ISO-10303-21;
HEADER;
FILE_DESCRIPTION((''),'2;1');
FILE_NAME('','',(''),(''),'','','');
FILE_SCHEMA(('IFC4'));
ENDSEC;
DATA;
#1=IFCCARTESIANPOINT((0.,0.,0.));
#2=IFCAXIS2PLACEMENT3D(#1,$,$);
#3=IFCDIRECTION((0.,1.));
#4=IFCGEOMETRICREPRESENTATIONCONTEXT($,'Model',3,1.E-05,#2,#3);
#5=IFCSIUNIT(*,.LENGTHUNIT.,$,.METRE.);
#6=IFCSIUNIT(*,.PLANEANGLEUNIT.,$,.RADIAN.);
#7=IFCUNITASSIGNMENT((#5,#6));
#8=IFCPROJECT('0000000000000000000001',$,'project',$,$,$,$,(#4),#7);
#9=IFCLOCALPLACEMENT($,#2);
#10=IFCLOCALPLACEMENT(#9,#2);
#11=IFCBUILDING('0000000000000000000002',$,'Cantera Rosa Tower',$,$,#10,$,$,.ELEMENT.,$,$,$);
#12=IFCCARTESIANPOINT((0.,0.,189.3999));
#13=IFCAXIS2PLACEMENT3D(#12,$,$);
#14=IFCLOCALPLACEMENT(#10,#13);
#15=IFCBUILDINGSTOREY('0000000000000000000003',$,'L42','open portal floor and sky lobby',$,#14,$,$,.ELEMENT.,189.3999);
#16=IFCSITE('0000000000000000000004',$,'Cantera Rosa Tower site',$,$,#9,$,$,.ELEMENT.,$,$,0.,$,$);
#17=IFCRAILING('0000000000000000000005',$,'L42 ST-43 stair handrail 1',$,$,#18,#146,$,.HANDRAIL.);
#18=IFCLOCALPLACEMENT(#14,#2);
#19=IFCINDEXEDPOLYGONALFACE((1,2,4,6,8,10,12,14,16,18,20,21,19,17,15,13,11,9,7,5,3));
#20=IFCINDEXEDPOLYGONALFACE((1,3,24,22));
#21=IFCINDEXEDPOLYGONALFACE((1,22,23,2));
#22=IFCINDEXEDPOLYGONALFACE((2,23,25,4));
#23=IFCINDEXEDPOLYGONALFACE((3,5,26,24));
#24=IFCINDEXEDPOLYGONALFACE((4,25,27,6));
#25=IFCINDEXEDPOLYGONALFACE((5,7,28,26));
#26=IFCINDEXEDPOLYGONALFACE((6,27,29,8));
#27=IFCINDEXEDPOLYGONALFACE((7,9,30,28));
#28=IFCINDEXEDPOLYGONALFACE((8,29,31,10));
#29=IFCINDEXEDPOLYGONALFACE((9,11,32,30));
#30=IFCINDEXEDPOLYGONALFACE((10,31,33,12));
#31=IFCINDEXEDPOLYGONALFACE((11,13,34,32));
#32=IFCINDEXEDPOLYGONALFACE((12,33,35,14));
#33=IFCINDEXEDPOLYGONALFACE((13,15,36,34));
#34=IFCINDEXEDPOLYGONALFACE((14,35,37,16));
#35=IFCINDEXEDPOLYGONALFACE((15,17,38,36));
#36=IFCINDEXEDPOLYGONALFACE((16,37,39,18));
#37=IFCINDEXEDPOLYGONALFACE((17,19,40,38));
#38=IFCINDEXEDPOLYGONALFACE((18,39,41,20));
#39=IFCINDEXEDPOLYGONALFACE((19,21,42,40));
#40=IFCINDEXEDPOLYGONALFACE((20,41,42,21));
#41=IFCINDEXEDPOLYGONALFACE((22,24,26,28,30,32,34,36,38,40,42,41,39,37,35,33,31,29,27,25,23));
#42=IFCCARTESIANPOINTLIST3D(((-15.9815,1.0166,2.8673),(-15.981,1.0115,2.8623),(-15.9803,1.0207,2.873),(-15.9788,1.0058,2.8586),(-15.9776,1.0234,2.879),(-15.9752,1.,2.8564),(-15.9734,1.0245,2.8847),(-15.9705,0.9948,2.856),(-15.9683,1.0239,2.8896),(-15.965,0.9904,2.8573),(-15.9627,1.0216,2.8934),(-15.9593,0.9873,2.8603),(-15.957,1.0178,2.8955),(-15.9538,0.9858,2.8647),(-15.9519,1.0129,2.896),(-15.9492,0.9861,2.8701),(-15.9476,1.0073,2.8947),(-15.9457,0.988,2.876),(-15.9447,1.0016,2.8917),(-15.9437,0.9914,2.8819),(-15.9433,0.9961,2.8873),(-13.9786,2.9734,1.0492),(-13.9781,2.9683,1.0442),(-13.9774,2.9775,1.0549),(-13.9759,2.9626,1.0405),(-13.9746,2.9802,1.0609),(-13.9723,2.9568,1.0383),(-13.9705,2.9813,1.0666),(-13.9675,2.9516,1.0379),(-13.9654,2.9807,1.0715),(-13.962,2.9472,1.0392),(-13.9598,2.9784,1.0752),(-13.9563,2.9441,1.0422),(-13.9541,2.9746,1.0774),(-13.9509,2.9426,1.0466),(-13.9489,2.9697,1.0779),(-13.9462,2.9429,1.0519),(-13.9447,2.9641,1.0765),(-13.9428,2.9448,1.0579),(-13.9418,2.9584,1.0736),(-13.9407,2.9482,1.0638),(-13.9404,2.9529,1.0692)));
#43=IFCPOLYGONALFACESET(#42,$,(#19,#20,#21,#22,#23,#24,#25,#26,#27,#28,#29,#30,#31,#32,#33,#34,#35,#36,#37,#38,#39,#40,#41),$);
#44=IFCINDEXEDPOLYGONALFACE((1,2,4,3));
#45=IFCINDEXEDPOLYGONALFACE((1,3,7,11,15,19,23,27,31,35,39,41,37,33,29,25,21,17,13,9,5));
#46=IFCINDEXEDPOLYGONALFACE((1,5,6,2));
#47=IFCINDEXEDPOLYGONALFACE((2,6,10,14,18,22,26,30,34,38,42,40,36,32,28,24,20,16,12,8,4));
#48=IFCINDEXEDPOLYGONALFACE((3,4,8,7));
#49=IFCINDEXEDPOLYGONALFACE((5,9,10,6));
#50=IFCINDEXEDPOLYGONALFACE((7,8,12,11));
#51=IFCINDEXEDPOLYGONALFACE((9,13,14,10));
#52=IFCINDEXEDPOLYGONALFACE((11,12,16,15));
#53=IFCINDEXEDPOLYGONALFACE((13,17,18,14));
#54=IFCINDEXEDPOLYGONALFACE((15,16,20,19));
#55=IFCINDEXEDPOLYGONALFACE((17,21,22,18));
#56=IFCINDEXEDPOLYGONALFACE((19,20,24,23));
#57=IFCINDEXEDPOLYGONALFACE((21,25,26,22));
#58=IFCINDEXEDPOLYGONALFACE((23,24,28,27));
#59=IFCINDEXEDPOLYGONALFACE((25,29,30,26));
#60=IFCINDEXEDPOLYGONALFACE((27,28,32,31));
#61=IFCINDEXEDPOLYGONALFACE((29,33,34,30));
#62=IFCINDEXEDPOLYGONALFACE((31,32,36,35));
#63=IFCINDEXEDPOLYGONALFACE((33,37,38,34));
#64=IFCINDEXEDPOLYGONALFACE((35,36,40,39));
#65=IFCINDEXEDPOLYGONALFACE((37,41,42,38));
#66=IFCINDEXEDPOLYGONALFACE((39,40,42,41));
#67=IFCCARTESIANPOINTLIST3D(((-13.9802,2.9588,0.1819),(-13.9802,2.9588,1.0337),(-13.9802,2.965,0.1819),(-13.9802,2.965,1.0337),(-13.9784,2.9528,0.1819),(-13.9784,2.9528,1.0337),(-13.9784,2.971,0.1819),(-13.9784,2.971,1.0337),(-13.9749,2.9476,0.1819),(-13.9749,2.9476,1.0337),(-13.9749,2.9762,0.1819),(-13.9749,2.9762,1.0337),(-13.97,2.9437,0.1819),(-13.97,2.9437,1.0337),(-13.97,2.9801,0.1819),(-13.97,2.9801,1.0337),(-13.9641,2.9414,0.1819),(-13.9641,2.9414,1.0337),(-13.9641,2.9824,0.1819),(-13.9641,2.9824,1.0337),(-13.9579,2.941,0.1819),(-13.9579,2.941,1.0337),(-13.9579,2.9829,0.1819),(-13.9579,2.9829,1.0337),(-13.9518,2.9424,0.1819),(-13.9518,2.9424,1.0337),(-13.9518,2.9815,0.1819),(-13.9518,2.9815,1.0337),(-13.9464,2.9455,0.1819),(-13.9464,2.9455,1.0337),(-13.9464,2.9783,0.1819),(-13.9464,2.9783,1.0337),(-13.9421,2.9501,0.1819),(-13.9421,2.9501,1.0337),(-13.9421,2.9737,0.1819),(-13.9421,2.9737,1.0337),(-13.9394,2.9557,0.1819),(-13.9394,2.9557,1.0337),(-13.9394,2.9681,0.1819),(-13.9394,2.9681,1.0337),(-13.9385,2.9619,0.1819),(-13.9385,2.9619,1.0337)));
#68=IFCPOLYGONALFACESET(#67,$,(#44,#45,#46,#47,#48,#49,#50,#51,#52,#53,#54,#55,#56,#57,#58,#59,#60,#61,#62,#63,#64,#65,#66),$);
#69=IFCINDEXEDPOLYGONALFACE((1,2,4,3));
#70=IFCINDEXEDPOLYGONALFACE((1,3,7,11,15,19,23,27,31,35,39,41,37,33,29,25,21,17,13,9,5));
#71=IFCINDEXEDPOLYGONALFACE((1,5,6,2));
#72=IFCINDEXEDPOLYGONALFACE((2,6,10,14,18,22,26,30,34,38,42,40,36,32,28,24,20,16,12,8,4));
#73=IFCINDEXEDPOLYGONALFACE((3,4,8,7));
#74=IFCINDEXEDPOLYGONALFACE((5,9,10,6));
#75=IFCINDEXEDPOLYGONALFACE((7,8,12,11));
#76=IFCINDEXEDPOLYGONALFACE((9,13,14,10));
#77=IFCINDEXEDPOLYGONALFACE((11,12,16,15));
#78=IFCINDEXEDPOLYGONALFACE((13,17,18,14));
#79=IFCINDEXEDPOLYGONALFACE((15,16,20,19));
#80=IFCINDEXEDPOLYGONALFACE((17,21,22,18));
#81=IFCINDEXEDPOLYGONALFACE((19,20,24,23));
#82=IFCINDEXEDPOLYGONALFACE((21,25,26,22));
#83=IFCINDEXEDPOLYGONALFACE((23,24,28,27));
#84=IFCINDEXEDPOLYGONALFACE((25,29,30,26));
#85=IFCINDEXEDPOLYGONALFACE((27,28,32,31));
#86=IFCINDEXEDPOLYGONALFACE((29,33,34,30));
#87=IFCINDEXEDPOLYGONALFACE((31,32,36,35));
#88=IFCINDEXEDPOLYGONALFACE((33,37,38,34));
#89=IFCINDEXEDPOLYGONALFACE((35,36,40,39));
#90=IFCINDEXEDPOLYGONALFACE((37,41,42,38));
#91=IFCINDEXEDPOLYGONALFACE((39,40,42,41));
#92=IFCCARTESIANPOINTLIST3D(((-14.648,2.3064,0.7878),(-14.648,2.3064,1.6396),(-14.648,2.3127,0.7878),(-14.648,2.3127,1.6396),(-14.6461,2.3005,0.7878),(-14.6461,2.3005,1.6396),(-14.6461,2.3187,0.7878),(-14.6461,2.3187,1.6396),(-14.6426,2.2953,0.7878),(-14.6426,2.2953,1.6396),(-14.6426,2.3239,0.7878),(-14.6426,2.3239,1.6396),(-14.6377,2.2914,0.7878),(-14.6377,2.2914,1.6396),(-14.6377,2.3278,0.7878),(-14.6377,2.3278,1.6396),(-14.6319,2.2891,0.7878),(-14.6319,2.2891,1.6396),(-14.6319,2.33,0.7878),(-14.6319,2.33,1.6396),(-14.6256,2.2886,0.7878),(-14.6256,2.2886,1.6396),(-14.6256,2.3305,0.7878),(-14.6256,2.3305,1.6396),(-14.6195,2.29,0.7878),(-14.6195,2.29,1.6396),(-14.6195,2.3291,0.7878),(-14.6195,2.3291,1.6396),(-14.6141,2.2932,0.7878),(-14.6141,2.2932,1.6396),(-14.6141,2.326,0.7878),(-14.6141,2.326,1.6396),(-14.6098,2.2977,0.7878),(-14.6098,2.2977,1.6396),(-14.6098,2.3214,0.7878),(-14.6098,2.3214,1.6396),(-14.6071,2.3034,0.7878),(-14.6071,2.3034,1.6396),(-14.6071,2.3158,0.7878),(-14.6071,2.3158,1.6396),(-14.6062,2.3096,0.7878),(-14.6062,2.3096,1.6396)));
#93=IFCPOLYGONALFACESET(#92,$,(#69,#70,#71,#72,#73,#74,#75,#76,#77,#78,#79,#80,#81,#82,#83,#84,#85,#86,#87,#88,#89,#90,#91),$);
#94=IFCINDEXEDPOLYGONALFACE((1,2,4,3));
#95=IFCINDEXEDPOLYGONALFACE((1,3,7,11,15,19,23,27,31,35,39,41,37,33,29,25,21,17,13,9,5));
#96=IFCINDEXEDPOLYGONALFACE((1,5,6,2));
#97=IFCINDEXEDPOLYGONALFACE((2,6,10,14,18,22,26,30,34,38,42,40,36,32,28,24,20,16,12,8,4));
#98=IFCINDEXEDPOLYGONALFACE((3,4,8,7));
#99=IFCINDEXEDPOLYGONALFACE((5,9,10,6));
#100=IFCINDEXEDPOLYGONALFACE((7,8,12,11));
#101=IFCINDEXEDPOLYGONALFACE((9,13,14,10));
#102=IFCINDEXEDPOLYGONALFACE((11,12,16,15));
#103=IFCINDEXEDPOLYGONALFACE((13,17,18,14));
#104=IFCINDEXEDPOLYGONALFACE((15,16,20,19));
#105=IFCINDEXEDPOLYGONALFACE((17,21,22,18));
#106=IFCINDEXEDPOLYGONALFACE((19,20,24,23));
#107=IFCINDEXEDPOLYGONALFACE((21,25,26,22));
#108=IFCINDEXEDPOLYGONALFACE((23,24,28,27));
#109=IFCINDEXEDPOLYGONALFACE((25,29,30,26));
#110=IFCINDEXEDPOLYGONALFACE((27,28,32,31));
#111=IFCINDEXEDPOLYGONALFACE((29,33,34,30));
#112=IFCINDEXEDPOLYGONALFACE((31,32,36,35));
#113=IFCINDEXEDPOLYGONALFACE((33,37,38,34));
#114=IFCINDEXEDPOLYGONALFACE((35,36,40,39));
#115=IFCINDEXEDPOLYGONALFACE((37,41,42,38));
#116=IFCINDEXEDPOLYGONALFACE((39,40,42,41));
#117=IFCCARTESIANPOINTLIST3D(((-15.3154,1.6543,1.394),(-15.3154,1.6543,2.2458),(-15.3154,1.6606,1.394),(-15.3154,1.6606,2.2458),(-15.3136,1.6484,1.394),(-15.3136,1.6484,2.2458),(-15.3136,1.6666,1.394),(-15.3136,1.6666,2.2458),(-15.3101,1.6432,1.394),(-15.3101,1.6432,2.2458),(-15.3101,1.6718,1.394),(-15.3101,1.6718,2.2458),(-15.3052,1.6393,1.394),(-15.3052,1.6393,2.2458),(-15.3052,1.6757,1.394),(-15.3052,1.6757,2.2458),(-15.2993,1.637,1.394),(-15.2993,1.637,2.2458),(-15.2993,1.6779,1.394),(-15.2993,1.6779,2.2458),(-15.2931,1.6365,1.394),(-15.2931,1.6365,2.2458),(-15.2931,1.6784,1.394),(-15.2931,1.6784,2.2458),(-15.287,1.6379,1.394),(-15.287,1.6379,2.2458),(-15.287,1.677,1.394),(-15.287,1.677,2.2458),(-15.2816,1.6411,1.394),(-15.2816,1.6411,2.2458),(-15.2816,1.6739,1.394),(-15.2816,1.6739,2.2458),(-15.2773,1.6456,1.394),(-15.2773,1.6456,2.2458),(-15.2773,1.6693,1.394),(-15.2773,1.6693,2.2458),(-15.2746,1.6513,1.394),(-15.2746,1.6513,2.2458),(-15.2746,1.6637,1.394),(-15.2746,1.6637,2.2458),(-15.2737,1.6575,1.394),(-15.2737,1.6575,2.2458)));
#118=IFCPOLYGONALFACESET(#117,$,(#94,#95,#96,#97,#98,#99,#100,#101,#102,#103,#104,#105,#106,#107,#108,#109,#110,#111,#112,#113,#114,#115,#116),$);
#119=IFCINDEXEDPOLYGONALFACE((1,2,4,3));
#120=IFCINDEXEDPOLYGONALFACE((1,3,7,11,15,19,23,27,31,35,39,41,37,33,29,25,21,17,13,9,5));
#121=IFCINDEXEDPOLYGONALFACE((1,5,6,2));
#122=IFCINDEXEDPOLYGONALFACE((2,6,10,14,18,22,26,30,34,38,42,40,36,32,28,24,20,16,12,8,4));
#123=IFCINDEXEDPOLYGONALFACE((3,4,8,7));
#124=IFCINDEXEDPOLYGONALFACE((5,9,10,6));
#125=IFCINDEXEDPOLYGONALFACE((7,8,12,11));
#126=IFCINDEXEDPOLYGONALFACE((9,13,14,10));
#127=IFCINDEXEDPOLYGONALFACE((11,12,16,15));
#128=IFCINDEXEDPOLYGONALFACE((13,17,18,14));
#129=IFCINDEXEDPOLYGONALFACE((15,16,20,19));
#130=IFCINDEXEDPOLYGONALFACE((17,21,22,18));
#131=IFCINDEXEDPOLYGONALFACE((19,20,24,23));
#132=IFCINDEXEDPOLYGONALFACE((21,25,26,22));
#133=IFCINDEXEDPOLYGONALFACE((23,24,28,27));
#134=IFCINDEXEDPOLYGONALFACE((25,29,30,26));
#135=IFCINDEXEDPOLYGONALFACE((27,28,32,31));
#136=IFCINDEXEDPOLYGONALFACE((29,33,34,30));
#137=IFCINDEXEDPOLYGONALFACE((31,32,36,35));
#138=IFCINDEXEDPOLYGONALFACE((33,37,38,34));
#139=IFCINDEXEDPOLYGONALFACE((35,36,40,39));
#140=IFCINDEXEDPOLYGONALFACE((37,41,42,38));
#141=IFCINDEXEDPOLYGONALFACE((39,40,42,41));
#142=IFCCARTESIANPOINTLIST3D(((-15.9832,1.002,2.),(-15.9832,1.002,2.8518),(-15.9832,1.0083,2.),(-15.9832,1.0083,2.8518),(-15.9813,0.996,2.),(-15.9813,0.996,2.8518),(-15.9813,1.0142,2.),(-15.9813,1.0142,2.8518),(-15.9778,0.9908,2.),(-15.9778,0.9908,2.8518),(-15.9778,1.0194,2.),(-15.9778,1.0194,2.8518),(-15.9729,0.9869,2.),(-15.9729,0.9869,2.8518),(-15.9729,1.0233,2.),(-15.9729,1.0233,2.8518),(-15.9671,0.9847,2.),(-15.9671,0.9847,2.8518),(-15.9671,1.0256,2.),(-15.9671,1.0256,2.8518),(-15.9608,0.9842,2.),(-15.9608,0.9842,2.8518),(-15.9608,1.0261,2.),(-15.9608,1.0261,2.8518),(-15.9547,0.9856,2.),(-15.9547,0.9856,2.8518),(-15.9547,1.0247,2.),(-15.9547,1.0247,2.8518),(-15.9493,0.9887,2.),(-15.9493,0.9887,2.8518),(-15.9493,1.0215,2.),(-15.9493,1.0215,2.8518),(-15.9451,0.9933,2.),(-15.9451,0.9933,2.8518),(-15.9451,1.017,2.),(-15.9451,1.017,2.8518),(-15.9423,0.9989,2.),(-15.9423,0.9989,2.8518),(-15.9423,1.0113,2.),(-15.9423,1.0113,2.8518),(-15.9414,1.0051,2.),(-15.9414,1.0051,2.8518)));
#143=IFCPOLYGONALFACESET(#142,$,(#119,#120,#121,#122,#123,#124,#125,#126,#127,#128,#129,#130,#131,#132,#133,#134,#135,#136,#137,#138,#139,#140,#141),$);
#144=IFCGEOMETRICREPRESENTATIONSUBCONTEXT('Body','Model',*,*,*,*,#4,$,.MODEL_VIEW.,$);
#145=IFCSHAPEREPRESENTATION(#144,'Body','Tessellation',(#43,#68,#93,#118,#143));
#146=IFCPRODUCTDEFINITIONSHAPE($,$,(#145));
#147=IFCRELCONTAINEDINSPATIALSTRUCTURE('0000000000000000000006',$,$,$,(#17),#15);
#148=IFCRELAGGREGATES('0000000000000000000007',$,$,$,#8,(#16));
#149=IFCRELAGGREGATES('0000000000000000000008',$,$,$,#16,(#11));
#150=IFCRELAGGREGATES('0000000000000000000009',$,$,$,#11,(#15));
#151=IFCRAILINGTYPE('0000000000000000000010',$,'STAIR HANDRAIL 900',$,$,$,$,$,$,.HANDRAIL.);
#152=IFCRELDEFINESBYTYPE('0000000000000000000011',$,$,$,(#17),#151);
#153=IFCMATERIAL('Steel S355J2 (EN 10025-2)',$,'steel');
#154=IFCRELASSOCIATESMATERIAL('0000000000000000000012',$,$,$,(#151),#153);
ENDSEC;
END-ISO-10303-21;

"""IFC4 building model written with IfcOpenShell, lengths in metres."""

from ifc_helpers import new_model, si_unit, direction, frame, origin, origin_2d, place, context, subcontext, project, spatial, circle, extrude, material, type_object, element, save


model = new_model("IFC4")

# Units and contexts
model_context = context("Model", 3, precision=1e-05, world=origin(), true_north=direction((0.0, 1.0)))
body_context = subcontext(model_context, "Body", "Model", "MODEL_VIEW")
ifc_project = project(units=[si_unit("LENGTHUNIT", "METRE"), si_unit("PLANEANGLEUNIT", "RADIAN")], contexts=[model_context])

# Site, building, storey
site_placement = place(None, origin())
site = spatial("IfcSite", under=ifc_project, at=site_placement, Name="Cantera Rosa Tower site", CompositionType="ELEMENT", RefElevation=0.0)
building_placement = place(site_placement, origin())
building = spatial("IfcBuilding", under=site, at=building_placement, Name="Cantera Rosa Tower", CompositionType="ELEMENT")
storey_placement = place(building_placement, frame((0.0, 0.0, 189.3999)))
storey = spatial("IfcBuildingStorey", under=building, at=storey_placement, Name="L42", Description="open portal floor and sky lobby", CompositionType="ELEMENT", Elevation=189.3999)

# Railing
ifc_material_1 = material(Name="Steel S355J2 (EN 10025-2)", Category="steel")
railing_type_1 = type_object("IfcRailingType", Name="STAIR HANDRAIL 900", PredefinedType="HANDRAIL", material=ifc_material_1)
for number, where, name in (
    (1, (-13.9595, 2.9619, 0.1819), "L42 ST-43 stair handrail 1"),
):
    element("IfcRailing", number, at=place(storey_placement, frame(where)), inside=storey, type_object=railing_type_1, Name=name, PredefinedType="HANDRAIL", context=body_context, shape_type="SweptSolid", body=[
        extrude(circle(Radius=0.0239, at=origin_2d()), frame((0.0, 0.0, 0.876), z_axis=(-0.59993, -0.586109, 0.544573), x_axis=(0.698819, -0.715298, 0.0)), (0.0, 0.0, 1.0), 3.3386),
        extrude(circle(Radius=0.021, at=origin_2d()), origin(), (0.0, 0.0, 1.0), 0.8518),
        extrude(circle(Radius=0.021, at=origin_2d()), frame((-0.6677, -0.6523, 0.606)), (0.0, 0.0, 1.0), 0.8518),
        extrude(circle(Radius=0.021, at=origin_2d()), frame((-1.3352, -1.3044, 1.2122)), (0.0, 0.0, 1.0), 0.8518),
        extrude(circle(Radius=0.021, at=origin_2d()), frame((-2.0029, -1.9568, 1.8181)), (0.0, 0.0, 1.0), 0.8518),
    ])

save(model, "model.ifc")
